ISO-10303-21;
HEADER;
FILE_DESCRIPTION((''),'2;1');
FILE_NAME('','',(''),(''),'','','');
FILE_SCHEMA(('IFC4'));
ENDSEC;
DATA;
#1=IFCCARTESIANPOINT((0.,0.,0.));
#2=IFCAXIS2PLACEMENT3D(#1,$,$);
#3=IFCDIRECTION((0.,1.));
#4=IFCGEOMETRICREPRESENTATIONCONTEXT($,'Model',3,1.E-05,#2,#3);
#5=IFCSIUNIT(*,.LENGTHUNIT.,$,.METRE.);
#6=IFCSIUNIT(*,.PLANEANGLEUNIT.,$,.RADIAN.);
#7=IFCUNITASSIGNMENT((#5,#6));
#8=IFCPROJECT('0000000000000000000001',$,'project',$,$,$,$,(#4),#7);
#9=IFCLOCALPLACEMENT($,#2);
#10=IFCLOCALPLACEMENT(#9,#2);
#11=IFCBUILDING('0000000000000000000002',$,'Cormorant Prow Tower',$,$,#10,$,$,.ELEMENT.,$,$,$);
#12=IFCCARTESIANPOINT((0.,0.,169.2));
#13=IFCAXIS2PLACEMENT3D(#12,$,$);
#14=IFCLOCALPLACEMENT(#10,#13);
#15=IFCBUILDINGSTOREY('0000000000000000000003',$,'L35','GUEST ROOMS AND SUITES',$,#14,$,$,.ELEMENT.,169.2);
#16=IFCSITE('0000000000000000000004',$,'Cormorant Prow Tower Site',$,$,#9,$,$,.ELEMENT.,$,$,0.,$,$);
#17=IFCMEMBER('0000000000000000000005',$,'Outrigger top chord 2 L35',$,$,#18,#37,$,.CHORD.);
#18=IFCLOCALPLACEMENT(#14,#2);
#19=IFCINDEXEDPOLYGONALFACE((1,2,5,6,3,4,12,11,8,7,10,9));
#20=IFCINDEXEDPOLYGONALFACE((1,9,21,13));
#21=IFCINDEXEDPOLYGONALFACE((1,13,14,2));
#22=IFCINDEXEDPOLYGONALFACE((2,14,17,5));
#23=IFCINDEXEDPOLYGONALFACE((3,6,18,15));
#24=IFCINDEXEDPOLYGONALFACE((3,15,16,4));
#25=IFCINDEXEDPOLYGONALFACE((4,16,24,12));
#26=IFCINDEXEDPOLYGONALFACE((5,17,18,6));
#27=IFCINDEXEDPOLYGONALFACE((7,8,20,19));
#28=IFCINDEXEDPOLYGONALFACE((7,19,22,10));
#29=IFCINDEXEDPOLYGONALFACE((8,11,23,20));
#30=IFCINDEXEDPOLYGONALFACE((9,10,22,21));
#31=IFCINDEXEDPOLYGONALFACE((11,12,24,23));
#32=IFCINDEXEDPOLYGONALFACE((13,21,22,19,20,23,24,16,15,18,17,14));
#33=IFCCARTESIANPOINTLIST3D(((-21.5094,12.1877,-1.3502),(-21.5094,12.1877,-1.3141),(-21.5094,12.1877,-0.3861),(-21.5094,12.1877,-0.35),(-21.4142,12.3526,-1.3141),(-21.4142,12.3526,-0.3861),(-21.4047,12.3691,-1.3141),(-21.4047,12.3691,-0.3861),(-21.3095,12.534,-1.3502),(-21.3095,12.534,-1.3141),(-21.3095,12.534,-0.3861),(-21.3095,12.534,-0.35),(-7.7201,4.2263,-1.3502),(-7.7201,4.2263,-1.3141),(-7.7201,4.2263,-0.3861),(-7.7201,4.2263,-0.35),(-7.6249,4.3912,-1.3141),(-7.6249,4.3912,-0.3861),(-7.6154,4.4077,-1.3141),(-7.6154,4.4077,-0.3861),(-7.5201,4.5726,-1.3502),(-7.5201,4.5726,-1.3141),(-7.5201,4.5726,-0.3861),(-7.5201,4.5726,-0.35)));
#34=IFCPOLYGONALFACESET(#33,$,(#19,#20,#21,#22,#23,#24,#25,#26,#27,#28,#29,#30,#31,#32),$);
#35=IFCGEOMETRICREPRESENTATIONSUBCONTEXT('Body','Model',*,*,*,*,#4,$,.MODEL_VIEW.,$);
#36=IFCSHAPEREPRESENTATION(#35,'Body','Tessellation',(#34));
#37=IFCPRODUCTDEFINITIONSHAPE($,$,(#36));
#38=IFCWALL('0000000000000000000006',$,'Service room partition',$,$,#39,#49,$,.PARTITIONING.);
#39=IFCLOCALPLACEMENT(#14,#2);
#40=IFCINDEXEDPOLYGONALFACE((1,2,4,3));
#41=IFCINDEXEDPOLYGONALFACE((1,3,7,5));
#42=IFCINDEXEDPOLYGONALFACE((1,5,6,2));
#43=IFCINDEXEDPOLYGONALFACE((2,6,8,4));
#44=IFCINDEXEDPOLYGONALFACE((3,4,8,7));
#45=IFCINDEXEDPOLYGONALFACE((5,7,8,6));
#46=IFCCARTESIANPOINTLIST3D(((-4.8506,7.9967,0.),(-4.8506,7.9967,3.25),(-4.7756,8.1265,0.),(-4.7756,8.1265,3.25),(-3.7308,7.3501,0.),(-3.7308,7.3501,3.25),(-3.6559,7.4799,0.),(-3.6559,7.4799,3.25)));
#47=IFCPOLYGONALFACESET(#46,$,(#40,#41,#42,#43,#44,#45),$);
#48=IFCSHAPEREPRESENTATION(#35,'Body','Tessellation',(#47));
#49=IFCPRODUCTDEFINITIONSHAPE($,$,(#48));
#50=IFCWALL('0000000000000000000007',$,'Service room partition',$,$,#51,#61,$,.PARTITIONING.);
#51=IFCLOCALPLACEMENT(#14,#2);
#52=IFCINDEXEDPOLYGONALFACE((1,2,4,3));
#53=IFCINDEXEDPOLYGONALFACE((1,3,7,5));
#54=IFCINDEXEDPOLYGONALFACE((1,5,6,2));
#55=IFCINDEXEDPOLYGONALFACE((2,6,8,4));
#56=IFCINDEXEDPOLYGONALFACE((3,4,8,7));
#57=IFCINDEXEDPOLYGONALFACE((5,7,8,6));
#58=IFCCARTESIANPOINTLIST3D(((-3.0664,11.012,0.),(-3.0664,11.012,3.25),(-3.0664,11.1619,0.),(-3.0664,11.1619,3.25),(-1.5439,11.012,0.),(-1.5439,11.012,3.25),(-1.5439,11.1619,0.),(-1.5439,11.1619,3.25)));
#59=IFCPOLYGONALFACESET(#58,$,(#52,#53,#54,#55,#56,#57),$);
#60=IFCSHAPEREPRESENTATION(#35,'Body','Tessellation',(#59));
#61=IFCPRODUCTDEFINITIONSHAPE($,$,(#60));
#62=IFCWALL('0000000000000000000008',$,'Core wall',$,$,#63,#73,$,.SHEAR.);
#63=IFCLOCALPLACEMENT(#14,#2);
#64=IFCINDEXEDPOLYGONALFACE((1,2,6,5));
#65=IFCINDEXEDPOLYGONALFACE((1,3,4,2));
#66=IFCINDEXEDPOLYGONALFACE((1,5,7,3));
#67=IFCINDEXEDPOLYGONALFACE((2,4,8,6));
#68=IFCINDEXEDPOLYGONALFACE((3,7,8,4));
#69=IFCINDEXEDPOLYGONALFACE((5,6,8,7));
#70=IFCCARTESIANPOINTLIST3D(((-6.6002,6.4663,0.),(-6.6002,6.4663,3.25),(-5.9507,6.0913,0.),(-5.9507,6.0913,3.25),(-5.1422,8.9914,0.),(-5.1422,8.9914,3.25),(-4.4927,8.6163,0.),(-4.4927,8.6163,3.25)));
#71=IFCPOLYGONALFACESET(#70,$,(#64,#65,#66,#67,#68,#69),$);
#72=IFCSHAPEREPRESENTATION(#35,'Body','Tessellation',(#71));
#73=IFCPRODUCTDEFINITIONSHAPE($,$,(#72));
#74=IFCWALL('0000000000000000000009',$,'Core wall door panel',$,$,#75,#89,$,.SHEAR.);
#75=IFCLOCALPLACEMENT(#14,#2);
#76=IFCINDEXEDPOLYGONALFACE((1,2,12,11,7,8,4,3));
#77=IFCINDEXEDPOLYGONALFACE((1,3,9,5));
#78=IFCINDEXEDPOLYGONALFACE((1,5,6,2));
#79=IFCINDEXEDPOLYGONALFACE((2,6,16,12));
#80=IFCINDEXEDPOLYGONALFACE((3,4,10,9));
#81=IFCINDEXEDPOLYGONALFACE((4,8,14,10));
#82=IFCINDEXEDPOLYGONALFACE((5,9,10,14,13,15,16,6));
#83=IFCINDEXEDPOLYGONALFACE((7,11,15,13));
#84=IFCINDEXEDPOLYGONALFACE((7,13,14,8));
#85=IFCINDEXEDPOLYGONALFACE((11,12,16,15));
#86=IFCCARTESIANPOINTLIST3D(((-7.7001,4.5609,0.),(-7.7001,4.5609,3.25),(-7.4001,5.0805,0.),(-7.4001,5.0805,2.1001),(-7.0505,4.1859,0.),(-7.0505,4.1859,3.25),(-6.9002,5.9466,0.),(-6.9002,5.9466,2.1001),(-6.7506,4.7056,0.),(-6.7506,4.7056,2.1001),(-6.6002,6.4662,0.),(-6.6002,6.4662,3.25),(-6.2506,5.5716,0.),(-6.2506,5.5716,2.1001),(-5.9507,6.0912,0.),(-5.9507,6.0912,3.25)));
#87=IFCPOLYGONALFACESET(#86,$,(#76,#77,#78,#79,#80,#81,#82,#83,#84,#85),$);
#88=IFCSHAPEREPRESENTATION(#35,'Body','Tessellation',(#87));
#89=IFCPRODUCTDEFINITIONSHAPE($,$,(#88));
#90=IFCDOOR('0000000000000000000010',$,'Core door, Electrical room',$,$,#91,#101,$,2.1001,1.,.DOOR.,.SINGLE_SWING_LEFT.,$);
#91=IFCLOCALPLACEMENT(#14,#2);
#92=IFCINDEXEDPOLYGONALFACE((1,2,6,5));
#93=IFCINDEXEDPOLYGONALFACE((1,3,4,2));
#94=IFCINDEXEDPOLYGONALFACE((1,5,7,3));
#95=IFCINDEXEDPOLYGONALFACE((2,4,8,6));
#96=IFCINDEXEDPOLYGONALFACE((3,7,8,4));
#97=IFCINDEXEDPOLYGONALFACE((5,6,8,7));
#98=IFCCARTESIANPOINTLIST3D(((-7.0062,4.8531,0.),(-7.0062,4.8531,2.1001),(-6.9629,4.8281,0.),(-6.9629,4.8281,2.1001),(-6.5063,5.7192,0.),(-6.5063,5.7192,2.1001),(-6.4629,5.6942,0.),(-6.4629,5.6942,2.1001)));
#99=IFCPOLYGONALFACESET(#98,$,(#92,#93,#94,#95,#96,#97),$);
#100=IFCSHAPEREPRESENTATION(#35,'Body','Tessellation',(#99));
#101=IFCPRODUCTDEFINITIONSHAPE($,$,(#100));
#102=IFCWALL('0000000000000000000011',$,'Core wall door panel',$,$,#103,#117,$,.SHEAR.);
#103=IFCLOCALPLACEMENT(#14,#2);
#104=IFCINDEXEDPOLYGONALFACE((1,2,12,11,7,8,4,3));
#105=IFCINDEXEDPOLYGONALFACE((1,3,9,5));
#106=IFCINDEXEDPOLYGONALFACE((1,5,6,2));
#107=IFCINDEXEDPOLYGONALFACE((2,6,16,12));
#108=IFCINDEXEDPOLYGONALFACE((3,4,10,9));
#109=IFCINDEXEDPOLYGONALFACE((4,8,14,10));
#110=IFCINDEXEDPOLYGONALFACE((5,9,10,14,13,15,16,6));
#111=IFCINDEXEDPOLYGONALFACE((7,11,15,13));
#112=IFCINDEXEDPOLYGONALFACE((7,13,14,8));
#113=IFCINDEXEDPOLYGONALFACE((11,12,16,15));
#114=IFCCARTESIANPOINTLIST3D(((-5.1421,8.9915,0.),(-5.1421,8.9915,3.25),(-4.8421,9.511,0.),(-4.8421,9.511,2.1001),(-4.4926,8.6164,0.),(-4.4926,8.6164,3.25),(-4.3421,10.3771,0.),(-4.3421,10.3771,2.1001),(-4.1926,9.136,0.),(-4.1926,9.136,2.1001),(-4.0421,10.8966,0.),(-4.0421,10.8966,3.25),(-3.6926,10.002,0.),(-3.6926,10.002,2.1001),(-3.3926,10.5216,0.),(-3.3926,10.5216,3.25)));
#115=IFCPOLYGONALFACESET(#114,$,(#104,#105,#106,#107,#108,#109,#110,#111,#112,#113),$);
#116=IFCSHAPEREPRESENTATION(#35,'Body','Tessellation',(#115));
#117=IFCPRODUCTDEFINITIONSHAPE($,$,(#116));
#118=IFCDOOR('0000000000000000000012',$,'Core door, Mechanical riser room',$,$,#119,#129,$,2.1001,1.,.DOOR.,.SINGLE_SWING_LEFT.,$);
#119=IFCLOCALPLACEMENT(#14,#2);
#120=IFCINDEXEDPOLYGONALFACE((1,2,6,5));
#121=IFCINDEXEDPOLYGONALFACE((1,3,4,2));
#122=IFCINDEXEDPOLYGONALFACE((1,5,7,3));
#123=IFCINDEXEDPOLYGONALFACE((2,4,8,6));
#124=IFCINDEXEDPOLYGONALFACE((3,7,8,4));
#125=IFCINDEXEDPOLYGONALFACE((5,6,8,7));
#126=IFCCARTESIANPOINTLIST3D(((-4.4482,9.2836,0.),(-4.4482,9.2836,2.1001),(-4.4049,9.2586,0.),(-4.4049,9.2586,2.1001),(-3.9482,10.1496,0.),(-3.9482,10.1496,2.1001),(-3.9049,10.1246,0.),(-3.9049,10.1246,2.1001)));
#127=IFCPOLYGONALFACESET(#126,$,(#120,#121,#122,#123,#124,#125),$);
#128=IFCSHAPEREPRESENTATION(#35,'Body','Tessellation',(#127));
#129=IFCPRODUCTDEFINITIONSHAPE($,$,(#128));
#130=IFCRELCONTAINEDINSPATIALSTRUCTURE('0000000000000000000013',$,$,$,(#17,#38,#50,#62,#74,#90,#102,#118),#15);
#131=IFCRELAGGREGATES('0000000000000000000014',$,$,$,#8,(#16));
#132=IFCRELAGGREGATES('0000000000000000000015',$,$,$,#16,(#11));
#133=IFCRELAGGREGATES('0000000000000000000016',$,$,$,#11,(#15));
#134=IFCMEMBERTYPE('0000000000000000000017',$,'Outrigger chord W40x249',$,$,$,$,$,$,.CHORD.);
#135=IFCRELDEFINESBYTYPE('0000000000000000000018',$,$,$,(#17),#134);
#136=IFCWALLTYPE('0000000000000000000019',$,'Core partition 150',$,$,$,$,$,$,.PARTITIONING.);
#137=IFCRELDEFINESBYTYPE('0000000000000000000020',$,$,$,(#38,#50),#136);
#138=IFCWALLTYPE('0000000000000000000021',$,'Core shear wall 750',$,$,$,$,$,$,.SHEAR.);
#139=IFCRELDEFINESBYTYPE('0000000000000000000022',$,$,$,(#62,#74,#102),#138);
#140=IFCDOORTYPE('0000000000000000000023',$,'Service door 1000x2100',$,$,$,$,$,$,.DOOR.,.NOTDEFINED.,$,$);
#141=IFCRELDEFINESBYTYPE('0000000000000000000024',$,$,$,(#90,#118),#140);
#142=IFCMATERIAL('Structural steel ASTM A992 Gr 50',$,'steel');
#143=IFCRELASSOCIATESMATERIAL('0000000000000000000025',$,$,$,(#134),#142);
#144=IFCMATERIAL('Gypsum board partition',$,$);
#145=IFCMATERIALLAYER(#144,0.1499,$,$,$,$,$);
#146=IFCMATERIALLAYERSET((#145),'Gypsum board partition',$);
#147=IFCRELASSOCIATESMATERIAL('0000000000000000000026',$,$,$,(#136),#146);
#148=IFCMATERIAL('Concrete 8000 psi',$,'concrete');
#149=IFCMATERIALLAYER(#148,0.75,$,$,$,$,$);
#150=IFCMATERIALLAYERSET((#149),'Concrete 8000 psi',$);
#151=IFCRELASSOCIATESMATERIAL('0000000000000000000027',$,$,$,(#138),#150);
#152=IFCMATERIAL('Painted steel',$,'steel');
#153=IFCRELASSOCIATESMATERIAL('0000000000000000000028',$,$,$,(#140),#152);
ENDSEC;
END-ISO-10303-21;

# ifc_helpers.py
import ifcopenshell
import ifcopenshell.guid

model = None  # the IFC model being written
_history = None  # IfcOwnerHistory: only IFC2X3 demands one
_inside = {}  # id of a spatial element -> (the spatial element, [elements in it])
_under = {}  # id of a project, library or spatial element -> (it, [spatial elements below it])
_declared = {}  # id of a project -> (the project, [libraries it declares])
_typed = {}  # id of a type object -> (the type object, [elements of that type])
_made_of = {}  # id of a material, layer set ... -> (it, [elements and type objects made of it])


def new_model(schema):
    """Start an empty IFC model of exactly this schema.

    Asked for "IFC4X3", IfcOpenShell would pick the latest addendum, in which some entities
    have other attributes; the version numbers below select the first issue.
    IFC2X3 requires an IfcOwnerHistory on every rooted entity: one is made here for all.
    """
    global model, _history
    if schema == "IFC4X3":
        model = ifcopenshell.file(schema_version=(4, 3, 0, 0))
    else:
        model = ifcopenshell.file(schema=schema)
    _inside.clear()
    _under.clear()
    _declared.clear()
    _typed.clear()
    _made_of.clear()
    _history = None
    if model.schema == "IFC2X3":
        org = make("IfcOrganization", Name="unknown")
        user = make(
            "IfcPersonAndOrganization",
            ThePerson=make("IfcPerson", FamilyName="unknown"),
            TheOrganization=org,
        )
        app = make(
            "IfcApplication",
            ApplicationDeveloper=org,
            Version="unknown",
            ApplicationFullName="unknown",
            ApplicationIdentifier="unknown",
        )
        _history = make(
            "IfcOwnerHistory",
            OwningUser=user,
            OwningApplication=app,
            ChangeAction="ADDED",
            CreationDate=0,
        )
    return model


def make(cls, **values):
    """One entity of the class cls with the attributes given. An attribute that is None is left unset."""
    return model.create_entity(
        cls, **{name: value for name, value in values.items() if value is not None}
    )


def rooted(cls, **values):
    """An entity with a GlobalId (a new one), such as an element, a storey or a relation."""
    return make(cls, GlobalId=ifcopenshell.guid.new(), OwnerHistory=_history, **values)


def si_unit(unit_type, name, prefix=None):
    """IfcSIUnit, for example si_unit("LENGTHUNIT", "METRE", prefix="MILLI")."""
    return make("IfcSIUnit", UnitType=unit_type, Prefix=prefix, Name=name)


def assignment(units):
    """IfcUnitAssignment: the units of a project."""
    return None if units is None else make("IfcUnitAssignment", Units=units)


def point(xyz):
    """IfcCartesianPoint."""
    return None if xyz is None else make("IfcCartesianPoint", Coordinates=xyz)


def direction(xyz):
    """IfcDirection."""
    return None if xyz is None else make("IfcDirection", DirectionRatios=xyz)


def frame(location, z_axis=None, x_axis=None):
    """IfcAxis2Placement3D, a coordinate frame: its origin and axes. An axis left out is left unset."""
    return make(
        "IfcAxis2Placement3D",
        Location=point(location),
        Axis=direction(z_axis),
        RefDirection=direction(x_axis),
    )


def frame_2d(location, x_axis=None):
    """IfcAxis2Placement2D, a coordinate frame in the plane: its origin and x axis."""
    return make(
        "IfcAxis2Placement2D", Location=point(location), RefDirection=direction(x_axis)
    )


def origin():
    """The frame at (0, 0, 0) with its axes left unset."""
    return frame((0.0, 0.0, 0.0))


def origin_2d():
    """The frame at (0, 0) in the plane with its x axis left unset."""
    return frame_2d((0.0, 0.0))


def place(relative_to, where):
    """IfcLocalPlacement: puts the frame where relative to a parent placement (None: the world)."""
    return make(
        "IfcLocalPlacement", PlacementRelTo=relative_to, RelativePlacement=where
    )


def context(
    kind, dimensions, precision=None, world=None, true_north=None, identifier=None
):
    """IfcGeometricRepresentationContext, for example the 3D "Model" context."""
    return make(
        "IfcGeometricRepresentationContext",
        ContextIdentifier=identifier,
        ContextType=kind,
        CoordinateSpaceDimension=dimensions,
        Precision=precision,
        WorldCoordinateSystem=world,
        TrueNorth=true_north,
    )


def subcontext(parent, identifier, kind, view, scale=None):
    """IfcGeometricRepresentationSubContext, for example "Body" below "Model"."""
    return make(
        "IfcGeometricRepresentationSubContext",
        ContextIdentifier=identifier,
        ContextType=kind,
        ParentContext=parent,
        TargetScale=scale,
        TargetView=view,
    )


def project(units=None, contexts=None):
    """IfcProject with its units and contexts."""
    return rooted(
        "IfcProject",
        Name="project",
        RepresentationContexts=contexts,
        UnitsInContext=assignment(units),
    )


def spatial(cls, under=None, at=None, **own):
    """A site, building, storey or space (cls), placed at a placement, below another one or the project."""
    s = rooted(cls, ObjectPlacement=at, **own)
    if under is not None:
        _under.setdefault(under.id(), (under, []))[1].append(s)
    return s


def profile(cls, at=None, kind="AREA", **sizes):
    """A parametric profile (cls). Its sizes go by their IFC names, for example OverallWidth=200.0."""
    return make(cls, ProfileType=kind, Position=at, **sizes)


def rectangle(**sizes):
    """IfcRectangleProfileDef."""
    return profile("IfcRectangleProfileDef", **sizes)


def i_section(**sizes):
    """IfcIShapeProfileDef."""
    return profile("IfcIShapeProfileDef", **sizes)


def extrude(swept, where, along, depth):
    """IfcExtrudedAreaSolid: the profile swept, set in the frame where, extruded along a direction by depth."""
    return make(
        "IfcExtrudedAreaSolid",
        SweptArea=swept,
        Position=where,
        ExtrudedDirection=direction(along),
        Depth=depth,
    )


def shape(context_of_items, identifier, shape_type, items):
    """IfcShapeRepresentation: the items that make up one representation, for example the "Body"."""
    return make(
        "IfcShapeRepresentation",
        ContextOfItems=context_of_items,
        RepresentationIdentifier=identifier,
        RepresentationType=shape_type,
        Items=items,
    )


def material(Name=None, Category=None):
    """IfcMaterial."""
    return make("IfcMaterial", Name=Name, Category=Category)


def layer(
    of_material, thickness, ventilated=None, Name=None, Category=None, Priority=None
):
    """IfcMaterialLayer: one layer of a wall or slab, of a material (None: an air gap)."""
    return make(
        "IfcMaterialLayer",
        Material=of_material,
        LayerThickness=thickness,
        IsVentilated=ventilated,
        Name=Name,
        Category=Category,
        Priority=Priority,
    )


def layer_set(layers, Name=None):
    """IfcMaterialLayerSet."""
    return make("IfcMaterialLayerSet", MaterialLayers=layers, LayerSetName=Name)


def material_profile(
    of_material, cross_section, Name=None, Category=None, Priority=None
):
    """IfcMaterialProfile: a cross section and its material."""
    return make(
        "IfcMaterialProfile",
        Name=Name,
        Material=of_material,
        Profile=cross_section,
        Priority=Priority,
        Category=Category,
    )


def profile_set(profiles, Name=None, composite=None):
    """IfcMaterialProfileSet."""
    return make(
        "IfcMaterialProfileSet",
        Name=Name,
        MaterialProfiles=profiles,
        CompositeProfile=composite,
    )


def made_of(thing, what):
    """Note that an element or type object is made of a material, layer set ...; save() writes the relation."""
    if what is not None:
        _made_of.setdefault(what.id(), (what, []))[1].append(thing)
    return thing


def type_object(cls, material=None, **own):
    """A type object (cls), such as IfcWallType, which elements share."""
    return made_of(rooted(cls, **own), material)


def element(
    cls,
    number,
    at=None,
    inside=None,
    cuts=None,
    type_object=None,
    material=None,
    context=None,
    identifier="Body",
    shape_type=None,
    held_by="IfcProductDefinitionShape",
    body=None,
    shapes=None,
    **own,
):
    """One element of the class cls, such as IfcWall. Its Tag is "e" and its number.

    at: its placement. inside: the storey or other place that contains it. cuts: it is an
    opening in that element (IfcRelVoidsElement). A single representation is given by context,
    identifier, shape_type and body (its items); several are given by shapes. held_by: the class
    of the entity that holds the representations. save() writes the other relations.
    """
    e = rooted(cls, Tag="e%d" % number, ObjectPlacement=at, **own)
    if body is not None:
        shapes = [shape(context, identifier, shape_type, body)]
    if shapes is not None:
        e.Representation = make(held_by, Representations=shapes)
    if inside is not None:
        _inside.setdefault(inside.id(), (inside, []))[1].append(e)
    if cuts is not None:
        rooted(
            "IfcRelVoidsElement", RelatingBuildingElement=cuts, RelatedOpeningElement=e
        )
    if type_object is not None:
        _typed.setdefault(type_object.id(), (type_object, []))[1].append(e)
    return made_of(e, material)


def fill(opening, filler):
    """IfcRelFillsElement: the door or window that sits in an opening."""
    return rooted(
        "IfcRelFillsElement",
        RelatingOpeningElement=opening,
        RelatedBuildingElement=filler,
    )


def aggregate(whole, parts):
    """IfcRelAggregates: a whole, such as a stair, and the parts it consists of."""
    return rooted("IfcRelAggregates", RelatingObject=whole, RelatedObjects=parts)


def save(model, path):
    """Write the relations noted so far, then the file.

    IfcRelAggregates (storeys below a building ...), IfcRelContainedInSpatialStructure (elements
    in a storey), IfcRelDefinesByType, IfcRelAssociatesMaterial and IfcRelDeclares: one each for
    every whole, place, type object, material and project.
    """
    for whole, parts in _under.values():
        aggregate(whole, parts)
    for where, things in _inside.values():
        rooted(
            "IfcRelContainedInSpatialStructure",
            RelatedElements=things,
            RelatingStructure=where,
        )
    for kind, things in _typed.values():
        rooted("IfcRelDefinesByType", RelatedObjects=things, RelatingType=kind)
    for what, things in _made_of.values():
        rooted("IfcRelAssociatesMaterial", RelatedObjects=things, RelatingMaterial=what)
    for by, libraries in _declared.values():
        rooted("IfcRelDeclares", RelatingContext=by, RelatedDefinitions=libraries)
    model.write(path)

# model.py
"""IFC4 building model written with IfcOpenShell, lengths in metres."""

from ifc_helpers import new_model, si_unit, direction, frame, frame_2d, origin, origin_2d, place, context, subcontext, project, spatial, rectangle, i_section, extrude, material, layer, layer_set, material_profile, profile_set, type_object, element, fill, save


model = new_model("IFC4")

# Units and contexts
model_context = context("Model", 3, precision=1e-05, world=origin(), true_north=direction((0.0, 1.0)))
body_context = subcontext(model_context, "Body", "Model", "MODEL_VIEW")
ifc_project = project(units=[si_unit("LENGTHUNIT", "METRE"), si_unit("PLANEANGLEUNIT", "RADIAN")], contexts=[model_context])

# Site, building, storey
site_placement = place(None, origin())
site = spatial("IfcSite", under=ifc_project, at=site_placement, Name="Cormorant Prow Tower Site", CompositionType="ELEMENT", RefElevation=0.0)
building_placement = place(site_placement, origin())
building = spatial("IfcBuilding", under=site, at=building_placement, Name="Cormorant Prow Tower", CompositionType="ELEMENT")
storey_placement = place(building_placement, frame((0.0, 0.0, 169.2)))
storey = spatial("IfcBuildingStorey", under=building, at=storey_placement, Name="L35", Description="GUEST ROOMS AND SUITES", CompositionType="ELEMENT", Elevation=169.2)

# Member
ifc_material_1 = material(Name="Structural steel ASTM A992 Gr 50", Category="steel")
ifc_material_profile = material_profile(ifc_material_1, i_section(OverallWidth=0.3999, OverallDepth=1.0002, WebThickness=0.019, FlangeThickness=0.0361, at=origin_2d()), Name="W40x249")
ifc_profile_set = profile_set([ifc_material_profile], Name="Structural steel ASTM A992 Gr 50")
member_type = type_object("IfcMemberType", Name="Outrigger chord W40x249", PredefinedType="CHORD", material=ifc_profile_set)
member_placement = place(storey_placement, frame((-7.6201, 4.3994, -0.8501), z_axis=(-0.866021, 0.500008, 0.0), x_axis=(-0.500008, -0.866021, 0.0)))
element("IfcMember", 1, at=member_placement, inside=storey, type_object=member_type, Name="Outrigger top chord 2 L35", PredefinedType="CHORD", context=body_context, shape_type="SweptSolid", body=[
    extrude(i_section(OverallWidth=0.3999, OverallDepth=1.0002, WebThickness=0.019, FlangeThickness=0.0361, at=origin_2d()), origin(), (0.0, 0.0, 1.0), 15.9226),
])

# Walls
ifc_material_2 = material(Name="Gypsum board partition")
ifc_layer_1 = layer(ifc_material_2, 0.1499)
ifc_layer_set_1 = layer_set([ifc_layer_1], Name="Gypsum board partition")
wall_type_1 = type_object("IfcWallType", Name="Core partition 150", PredefinedType="PARTITIONING", material=ifc_layer_set_1)
wall_1_placement = place(storey_placement, frame((-3.6934, 7.415, 0.0), z_axis=(0.0, 0.0, 1.0), x_axis=(-0.866003, 0.500038, 0.0)))
element("IfcWall", 2, at=wall_1_placement, inside=storey, type_object=wall_type_1, Name="Service room partition", PredefinedType="PARTITIONING", context=body_context, shape_type="SweptSolid", body=[
    extrude(rectangle(XDim=1.293, YDim=0.1499, at=frame_2d((0.6465, 0.0))), origin(), (0.0, 0.0, 1.0), 3.25),
])
wall_2_placement = place(storey_placement, frame((-1.5439, 11.0869, 0.0), z_axis=(0.0, 0.0, 1.0), x_axis=(-1.0, 0.0, 0.0)))
element("IfcWall", 3, at=wall_2_placement, inside=storey, type_object=wall_type_1, Name="Service room partition", PredefinedType="PARTITIONING", context=body_context, shape_type="SweptSolid", body=[
    extrude(rectangle(XDim=1.5225, YDim=0.1499, at=frame_2d((0.7612, 0.0))), origin(), (0.0, 0.0, 1.0), 3.25),
])
ifc_material_3 = material(Name="Concrete 8000 psi", Category="concrete")
ifc_layer_2 = layer(ifc_material_3, 0.75)
ifc_layer_set_2 = layer_set([ifc_layer_2], Name="Concrete 8000 psi")
wall_type_2 = type_object("IfcWallType", Name="Core shear wall 750", PredefinedType="SHEAR", material=ifc_layer_set_2)
wall_3_placement = place(storey_placement, frame((-4.8174, 8.804, 0.0), z_axis=(0.0, 0.0, 1.0), x_axis=(-0.500029, -0.866009, 0.0)))
element("IfcWall", 4, at=wall_3_placement, inside=storey, type_object=wall_type_2, Name="Core wall", PredefinedType="SHEAR", context=body_context, shape_type="SweptSolid", body=[
    extrude(rectangle(XDim=2.9158, YDim=0.75, at=frame_2d((1.458, 0.0))), origin(), (0.0, 0.0, 1.0), 3.25),
])

# Walls, openings, doors
wall_4_placement = place(storey_placement, frame((-6.2754, 6.2788, 0.0), z_axis=(0.0, 0.0, 1.0), x_axis=(-0.499947, -0.866056, 0.0)))
wall_4 = element("IfcWall", 5, at=wall_4_placement, inside=storey, type_object=wall_type_2, Name="Core wall door panel", PredefinedType="SHEAR", context=body_context, shape_type="SweptSolid", body=[
    extrude(rectangle(XDim=2.2, YDim=0.75, at=frame_2d((1.1001, 0.0))), origin(), (0.0, 0.0, 1.0), 3.25),
])
opening_1_placement = place(wall_4_placement, frame((0.6001, 0.0, 0.0)))
opening_1 = element("IfcOpeningElement", 6, at=opening_1_placement, cuts=wall_4, PredefinedType="OPENING", context=body_context, shape_type="SweptSolid", body=[
    extrude(rectangle(XDim=1.0, YDim=2.1001, at=frame_2d((0.5, 1.05))), frame((0.0, 0.385, 0.0), z_axis=(0.0, -1.0, 0.0), x_axis=(1.0, 0.0, 0.0)), (0.0, 0.0, 1.0), 0.77),
])
ifc_material_4 = material(Name="Painted steel", Category="steel")
door_type_1 = type_object("IfcDoorType", Name="Service door 1000x2100", OperationType="NOTDEFINED", PredefinedType="DOOR", material=ifc_material_4)
door_1_placement = place(opening_1_placement, origin())
door_1 = element("IfcDoor", 7, at=door_1_placement, inside=storey, type_object=door_type_1, Name="Core door, Electrical room", OperationType="SINGLE_SWING_LEFT", OverallHeight=2.1001, OverallWidth=1.0, PredefinedType="DOOR", context=body_context, shape_type="SweptSolid", body=[
    extrude(rectangle(XDim=1.0, YDim=2.1001, at=frame_2d((0.5, 1.05))), frame((0.0, 0.1299, 0.0), z_axis=(0.0, -1.0, 0.0), x_axis=(1.0, 0.0, 0.0)), (0.0, 0.0, 1.0), 0.05),
])
fill(opening_1, door_1)
wall_5_placement = place(storey_placement, frame((-3.7173, 10.7092, 0.0), z_axis=(0.0, 0.0, 1.0), x_axis=(-0.50003, -0.866008, 0.0)))
wall_5 = element("IfcWall", 8, at=wall_5_placement, inside=storey, type_object=wall_type_2, Name="Core wall door panel", PredefinedType="SHEAR", context=body_context, shape_type="SweptSolid", body=[
    extrude(rectangle(XDim=2.2, YDim=0.75, at=frame_2d((1.1001, 0.0))), origin(), (0.0, 0.0, 1.0), 3.25),
])
opening_2_placement = place(wall_5_placement, frame((0.6001, 0.0, 0.0)))
opening_2 = element("IfcOpeningElement", 9, at=opening_2_placement, cuts=wall_5, PredefinedType="OPENING", context=body_context, shape_type="SweptSolid", body=[
    extrude(rectangle(XDim=1.0, YDim=2.1001, at=frame_2d((0.5, 1.05))), frame((0.0, 0.385, 0.0), z_axis=(0.0, -1.0, 0.0), x_axis=(1.0, 0.0, 0.0)), (0.0, 0.0, 1.0), 0.77),
])
door_2_placement = place(opening_2_placement, origin())
door_2 = element("IfcDoor", 10, at=door_2_placement, inside=storey, type_object=door_type_1, Name="Core door, Mechanical riser room", OperationType="SINGLE_SWING_LEFT", OverallHeight=2.1001, OverallWidth=1.0, PredefinedType="DOOR", context=body_context, shape_type="SweptSolid", body=[
    extrude(rectangle(XDim=1.0, YDim=2.1001, at=frame_2d((0.5, 1.05))), frame((0.0, 0.1299, 0.0), z_axis=(0.0, -1.0, 0.0), x_axis=(1.0, 0.0, 0.0)), (0.0, 0.0, 1.0), 0.05),
])
fill(opening_2, door_2)

save(model, "model.ifc")
